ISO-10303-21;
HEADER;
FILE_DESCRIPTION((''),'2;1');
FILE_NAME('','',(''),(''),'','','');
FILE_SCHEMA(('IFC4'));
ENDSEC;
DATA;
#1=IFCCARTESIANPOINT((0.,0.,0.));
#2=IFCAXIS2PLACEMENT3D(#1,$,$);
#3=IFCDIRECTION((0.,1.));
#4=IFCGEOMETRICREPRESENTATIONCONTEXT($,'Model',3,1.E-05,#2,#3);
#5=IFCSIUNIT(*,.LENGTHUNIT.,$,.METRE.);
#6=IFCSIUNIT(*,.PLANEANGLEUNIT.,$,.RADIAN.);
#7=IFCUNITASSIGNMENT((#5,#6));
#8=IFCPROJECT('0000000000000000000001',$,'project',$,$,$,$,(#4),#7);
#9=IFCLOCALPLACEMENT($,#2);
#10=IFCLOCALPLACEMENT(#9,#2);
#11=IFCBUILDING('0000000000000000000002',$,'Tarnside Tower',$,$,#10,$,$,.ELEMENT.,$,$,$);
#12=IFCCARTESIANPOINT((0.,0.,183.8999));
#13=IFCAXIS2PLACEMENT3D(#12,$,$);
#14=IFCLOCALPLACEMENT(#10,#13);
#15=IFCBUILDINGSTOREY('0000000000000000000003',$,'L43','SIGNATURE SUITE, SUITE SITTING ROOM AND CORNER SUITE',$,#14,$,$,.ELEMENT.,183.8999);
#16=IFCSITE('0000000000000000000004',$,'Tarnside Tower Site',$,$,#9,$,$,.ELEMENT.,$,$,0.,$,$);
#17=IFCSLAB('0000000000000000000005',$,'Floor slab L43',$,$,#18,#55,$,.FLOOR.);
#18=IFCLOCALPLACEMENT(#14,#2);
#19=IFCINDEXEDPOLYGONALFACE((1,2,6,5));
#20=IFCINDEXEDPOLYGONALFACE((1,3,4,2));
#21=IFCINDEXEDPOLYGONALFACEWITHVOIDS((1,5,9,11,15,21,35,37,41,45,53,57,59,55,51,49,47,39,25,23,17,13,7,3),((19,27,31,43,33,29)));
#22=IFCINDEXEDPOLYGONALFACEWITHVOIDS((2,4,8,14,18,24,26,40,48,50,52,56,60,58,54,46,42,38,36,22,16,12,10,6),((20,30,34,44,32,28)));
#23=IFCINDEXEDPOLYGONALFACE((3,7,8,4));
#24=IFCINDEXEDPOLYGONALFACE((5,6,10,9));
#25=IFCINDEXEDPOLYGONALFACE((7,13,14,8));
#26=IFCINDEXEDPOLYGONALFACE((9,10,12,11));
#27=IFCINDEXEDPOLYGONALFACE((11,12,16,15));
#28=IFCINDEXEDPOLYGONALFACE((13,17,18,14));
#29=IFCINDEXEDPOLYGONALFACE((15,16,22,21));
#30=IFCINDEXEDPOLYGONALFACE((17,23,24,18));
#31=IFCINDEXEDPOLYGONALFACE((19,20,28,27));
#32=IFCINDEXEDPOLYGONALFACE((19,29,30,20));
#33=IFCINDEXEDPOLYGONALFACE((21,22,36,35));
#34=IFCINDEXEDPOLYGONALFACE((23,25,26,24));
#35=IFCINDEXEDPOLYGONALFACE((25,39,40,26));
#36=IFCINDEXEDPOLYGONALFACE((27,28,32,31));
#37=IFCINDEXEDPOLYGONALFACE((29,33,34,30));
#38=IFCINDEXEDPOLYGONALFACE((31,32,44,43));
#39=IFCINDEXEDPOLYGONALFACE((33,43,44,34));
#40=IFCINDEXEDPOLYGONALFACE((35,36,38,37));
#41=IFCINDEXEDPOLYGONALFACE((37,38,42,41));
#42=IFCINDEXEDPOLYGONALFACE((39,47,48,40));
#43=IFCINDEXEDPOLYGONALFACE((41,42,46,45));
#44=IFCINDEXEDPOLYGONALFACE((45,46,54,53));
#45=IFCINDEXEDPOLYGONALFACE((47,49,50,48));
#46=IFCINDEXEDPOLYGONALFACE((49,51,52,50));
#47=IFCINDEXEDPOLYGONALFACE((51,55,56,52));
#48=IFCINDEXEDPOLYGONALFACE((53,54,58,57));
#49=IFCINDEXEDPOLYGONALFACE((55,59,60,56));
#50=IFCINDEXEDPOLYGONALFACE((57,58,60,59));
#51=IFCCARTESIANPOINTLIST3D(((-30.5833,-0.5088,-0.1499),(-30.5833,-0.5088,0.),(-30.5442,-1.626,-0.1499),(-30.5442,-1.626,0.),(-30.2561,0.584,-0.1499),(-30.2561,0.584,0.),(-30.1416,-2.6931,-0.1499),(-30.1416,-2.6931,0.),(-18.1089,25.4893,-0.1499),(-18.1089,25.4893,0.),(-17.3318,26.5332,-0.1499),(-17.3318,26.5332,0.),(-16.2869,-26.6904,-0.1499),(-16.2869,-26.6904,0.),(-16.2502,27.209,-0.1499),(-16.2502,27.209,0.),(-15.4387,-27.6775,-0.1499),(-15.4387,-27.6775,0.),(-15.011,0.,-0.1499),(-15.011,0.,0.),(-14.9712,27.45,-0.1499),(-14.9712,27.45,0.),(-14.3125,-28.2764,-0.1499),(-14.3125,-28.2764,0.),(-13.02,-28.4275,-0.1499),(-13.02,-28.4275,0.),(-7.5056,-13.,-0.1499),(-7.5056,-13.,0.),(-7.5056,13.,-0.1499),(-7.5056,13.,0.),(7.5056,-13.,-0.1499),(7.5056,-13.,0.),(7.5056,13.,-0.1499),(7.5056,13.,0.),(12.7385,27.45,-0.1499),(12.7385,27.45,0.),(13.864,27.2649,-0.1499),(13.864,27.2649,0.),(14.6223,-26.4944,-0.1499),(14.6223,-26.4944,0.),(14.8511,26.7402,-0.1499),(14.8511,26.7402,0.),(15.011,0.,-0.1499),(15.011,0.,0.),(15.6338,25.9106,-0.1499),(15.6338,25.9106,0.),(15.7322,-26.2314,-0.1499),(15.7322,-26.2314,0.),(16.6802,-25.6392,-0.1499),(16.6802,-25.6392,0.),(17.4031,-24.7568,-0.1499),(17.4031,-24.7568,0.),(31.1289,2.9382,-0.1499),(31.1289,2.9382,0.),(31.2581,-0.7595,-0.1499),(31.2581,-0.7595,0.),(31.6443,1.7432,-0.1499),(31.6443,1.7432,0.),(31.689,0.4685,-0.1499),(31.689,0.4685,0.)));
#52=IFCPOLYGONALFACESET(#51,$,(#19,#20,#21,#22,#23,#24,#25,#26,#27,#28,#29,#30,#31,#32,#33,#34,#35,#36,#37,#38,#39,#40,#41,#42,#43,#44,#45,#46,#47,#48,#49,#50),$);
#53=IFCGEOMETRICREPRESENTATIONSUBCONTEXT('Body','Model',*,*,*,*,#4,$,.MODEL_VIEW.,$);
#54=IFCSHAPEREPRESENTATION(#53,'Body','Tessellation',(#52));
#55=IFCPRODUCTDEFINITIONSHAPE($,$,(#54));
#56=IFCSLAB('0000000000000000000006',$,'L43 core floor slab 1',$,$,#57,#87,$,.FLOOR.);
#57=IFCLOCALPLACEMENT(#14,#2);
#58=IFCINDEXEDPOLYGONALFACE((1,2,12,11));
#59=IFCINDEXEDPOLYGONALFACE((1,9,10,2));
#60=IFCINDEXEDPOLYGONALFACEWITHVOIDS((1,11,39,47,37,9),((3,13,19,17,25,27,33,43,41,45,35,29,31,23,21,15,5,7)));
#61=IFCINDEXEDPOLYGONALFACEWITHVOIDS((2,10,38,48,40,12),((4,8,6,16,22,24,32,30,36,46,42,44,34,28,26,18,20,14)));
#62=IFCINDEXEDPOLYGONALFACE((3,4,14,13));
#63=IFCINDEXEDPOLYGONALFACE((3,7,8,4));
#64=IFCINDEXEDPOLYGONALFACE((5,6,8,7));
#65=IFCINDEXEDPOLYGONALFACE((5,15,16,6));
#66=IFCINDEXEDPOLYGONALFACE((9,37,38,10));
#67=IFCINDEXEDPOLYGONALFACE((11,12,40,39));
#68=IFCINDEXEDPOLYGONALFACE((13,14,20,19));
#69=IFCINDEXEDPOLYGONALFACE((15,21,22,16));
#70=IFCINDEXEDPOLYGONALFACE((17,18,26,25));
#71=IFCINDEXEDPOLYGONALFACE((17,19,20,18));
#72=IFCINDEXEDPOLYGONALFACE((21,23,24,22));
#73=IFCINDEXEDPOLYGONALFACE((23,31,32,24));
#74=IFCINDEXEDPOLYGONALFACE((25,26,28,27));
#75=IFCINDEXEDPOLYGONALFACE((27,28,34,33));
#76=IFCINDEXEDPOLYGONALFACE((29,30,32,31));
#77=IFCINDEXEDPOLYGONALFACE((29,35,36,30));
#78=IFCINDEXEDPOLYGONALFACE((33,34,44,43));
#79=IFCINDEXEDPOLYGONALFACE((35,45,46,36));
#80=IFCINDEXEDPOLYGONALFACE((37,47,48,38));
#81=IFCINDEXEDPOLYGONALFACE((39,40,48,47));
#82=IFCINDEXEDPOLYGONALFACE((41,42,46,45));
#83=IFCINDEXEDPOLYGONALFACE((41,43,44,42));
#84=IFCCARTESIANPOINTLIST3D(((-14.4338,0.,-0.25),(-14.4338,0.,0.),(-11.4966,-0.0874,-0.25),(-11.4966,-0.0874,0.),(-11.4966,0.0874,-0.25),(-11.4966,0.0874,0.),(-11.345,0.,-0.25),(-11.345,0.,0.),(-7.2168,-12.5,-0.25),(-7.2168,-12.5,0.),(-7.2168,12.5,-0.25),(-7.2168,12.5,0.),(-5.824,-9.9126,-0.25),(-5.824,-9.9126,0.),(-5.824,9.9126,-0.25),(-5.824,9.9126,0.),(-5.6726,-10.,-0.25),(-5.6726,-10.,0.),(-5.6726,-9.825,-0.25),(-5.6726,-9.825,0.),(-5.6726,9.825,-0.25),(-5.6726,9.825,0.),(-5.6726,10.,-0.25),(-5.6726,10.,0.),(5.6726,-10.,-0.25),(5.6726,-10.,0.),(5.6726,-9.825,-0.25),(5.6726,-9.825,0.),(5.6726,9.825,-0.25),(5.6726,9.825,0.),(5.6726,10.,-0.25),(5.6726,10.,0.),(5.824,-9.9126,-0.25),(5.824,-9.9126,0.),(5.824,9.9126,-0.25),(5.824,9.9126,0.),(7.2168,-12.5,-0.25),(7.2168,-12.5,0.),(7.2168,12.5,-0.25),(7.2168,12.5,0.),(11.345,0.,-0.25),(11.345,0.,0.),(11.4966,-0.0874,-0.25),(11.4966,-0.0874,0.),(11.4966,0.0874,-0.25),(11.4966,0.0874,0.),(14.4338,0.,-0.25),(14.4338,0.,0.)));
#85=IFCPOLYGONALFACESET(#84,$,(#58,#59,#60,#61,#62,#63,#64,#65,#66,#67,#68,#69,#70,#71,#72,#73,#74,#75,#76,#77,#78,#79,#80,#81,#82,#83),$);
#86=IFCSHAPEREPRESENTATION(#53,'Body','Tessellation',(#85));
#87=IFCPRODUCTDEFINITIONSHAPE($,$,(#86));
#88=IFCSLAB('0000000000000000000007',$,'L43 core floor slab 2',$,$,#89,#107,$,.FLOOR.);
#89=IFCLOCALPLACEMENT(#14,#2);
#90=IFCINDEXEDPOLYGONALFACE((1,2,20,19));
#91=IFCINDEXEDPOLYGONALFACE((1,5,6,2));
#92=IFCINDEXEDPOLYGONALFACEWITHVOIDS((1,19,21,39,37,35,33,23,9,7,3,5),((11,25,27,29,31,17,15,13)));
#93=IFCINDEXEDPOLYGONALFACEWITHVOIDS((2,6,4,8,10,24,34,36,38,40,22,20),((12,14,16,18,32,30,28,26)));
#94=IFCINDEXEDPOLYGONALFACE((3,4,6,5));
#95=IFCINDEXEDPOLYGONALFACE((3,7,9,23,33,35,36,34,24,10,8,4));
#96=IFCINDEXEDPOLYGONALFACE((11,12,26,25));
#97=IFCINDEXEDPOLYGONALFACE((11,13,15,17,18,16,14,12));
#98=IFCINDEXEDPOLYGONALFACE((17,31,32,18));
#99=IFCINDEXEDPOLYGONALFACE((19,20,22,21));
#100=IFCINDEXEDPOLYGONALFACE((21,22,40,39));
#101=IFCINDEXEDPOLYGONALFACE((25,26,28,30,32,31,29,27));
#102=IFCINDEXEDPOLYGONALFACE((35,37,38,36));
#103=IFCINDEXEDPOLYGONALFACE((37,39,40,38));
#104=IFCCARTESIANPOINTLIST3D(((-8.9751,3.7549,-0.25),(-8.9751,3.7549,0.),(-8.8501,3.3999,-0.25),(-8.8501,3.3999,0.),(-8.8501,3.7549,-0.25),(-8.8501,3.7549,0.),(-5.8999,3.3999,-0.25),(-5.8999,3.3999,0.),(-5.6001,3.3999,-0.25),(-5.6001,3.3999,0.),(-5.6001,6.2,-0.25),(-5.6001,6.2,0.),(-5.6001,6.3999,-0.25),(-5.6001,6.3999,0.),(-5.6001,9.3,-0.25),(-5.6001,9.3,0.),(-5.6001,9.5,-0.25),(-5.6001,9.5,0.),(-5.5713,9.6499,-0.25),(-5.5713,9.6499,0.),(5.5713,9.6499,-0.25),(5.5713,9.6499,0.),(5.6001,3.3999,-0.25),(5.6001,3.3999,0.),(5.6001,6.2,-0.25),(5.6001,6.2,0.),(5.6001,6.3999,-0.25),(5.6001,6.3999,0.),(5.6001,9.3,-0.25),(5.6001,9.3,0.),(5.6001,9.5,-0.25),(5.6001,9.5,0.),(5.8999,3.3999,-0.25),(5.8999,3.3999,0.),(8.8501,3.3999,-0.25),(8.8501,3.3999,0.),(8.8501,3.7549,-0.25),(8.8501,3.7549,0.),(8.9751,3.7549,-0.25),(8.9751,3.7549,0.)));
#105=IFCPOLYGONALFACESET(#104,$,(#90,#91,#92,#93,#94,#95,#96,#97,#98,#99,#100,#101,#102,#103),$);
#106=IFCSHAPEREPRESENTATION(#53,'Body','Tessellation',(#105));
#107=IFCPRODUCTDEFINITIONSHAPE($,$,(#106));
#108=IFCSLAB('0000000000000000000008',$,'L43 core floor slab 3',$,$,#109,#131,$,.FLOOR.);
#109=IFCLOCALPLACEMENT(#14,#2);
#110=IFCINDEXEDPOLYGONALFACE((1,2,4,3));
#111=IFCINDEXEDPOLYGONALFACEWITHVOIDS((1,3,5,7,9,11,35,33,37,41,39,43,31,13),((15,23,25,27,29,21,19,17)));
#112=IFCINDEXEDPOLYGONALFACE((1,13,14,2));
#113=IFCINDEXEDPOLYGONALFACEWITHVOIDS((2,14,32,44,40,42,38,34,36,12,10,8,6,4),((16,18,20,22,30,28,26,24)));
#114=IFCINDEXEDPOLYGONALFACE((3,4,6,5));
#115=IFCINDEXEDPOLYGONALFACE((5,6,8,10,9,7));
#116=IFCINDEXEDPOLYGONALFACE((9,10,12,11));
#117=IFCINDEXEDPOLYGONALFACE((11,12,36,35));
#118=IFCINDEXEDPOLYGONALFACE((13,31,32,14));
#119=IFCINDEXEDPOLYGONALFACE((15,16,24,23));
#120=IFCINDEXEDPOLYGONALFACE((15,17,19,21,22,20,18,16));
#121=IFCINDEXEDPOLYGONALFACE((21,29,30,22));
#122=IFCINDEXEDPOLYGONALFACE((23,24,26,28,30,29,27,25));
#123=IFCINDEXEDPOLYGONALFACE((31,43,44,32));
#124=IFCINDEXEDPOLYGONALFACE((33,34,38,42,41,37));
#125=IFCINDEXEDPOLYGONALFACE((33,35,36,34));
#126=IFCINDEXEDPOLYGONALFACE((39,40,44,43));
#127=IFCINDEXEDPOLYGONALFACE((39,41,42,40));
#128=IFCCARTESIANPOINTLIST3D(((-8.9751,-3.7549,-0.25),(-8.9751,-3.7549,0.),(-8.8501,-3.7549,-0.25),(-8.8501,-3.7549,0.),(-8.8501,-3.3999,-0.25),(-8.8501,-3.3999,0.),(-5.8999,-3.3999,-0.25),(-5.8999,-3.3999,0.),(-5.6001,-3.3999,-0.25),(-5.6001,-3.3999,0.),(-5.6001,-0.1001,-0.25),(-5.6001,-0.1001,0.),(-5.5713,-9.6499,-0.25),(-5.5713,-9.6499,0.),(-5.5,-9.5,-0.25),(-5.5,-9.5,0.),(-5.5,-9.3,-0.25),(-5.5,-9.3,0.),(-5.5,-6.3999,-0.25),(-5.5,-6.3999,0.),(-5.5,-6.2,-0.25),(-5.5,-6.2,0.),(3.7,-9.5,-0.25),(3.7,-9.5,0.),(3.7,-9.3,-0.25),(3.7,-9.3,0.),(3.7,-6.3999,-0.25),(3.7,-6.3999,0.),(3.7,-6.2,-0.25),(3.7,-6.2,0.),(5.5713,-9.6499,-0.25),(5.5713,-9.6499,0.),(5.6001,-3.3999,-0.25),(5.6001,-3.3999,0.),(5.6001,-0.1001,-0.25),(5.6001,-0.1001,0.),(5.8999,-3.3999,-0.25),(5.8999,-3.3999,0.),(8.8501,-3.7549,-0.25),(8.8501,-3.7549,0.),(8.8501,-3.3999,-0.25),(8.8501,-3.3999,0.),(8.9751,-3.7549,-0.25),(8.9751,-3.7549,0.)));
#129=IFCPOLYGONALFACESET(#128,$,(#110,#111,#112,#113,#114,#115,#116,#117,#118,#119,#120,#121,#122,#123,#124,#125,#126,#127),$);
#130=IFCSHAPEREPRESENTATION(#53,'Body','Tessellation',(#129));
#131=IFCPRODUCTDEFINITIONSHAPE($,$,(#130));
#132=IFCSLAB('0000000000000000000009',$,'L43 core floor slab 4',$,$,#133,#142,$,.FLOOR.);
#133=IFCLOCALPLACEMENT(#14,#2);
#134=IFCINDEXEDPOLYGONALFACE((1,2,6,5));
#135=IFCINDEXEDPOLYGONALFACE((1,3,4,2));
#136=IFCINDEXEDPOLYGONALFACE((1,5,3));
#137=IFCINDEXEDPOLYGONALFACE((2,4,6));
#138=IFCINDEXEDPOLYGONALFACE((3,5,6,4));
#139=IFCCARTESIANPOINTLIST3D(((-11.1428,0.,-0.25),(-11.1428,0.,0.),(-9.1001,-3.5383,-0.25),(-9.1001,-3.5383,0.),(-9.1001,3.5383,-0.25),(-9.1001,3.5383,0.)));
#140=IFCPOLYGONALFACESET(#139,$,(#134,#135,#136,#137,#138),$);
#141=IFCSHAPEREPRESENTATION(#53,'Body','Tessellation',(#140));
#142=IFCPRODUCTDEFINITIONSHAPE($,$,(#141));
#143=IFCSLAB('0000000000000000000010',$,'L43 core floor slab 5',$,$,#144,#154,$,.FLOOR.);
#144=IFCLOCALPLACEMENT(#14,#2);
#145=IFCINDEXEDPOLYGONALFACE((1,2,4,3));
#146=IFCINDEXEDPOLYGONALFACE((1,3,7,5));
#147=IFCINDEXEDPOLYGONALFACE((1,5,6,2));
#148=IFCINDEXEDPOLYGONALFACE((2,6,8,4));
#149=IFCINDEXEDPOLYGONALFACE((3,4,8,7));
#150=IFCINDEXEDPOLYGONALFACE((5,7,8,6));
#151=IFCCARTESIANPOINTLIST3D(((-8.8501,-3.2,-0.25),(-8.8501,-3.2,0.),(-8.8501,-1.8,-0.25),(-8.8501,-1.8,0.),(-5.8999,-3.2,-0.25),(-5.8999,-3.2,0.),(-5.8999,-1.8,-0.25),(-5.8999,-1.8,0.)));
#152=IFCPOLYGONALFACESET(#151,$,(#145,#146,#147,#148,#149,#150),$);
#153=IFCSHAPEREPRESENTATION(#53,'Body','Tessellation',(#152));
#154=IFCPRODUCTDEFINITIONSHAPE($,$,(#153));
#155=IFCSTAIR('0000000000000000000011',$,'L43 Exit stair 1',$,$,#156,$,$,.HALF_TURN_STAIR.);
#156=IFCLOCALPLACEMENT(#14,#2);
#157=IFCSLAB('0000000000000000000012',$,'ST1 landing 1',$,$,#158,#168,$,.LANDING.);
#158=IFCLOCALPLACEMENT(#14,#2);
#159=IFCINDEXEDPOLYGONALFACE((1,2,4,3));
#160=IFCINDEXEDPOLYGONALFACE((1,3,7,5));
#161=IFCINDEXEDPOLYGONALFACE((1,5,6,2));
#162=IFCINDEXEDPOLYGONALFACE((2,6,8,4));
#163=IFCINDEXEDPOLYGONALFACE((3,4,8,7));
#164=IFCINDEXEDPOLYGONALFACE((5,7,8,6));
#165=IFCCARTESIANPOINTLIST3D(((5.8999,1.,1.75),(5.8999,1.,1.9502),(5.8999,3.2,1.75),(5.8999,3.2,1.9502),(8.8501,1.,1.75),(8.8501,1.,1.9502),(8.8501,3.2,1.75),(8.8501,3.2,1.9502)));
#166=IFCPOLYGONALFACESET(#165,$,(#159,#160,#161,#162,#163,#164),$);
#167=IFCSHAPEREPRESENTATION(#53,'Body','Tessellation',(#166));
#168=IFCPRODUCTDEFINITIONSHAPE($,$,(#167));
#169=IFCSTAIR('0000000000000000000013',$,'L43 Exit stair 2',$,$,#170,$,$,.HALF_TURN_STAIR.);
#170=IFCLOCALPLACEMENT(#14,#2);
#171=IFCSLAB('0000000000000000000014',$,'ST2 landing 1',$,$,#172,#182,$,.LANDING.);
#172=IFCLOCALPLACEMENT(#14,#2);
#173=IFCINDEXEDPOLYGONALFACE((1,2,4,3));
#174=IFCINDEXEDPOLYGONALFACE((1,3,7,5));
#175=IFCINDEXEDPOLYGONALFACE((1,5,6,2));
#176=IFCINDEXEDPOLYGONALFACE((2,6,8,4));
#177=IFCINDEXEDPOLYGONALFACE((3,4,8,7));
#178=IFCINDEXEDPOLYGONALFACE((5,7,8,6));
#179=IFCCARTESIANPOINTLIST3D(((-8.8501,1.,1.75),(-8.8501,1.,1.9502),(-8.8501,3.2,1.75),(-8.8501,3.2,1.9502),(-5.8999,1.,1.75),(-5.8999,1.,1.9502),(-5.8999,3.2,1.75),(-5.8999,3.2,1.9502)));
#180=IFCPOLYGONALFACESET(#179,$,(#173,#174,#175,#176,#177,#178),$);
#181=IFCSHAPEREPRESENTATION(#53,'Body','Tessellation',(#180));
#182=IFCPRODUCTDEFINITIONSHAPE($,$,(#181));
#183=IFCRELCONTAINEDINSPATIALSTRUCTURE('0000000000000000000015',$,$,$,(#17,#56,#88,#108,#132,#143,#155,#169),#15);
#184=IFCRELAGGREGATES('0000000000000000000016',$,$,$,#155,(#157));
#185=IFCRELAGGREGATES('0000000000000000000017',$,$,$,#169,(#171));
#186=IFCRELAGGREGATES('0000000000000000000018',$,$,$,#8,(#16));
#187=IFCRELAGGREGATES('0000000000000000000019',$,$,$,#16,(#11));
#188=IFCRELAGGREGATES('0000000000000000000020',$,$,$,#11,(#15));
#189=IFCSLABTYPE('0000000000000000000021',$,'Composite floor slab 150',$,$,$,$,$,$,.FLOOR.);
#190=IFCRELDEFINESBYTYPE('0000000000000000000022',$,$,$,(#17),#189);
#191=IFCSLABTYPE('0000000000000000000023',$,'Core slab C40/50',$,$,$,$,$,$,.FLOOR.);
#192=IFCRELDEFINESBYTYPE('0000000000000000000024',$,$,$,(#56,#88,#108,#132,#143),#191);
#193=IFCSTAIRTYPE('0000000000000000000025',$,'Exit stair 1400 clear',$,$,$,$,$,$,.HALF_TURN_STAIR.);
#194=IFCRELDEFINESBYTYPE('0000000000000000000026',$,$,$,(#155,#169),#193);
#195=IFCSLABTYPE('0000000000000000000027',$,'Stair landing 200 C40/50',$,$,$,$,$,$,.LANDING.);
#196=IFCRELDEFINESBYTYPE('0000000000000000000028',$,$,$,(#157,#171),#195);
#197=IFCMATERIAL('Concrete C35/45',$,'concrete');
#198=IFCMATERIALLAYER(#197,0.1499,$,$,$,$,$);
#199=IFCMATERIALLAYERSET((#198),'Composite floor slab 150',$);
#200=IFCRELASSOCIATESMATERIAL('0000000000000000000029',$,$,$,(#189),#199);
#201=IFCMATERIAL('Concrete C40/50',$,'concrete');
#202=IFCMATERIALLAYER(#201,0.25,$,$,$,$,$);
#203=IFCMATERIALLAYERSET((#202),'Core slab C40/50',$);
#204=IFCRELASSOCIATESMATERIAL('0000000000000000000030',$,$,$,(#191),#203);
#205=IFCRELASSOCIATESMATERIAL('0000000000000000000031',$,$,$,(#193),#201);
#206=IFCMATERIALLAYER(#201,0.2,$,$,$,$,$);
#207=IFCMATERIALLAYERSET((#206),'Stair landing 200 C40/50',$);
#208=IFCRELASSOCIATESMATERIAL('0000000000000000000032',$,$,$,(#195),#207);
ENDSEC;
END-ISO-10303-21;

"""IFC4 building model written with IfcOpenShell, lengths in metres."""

from ifc_helpers import new_model, si_unit, direction, frame, origin, place, context, subcontext, project, spatial, polyline, outline, extrude, material, layer, layer_set, type_object, element, aggregate, save


model = new_model("IFC4")

# Units and contexts
model_context = context("Model", 3, precision=1e-05, world=origin(), true_north=direction((0.0, 1.0)))
body_context = subcontext(model_context, "Body", "Model", "MODEL_VIEW")
ifc_project = project(units=[si_unit("LENGTHUNIT", "METRE"), si_unit("PLANEANGLEUNIT", "RADIAN")], contexts=[model_context])

# Site, building, storey
site_placement = place(None, origin())
site = spatial("IfcSite", under=ifc_project, at=site_placement, Name="Tarnside Tower Site", CompositionType="ELEMENT", RefElevation=0.0)
building_placement = place(site_placement, origin())
building = spatial("IfcBuilding", under=site, at=building_placement, Name="Tarnside Tower", CompositionType="ELEMENT")
storey_placement = place(building_placement, frame((0.0, 0.0, 183.8999)))
storey = spatial("IfcBuildingStorey", under=building, at=storey_placement, Name="L43", Description="SIGNATURE SUITE, SUITE SITTING ROOM AND CORNER SUITE", CompositionType="ELEMENT", Elevation=183.8999)

# Slabs
ifc_material_1 = material(Name="Concrete C35/45", Category="concrete")
ifc_layer_1 = layer(ifc_material_1, 0.1499)
ifc_layer_set_1 = layer_set([ifc_layer_1], Name="Composite floor slab 150")
slab_type_1 = type_object("IfcSlabType", Name="Composite floor slab 150", PredefinedType="FLOOR", material=ifc_layer_set_1)
slab_1_placement = place(storey_placement, frame((0.0, 0.0, -0.1499)))
element("IfcSlab", 1, at=slab_1_placement, inside=storey, type_object=slab_type_1, Name="Floor slab L43", PredefinedType="FLOOR", context=body_context, shape_type="SweptSolid", body=[
    extrude(outline(polyline([(13.864, 27.2649), (14.8511, 26.7402), (15.6338, 25.9106), (31.1289, 2.9382), (31.6443, 1.7432), (31.689, 0.4685), (31.2581, -0.7595), (17.4031, -24.7568), (16.6802, -25.6392), (15.7322, -26.2314), (14.6223, -26.4944), (-13.02, -28.4275), (-14.3125, -28.2764), (-15.4387, -27.6775), (-16.2869, -26.6904), (-30.1416, -2.6931), (-30.5442, -1.626), (-30.5833, -0.5088), (-30.2561, 0.584), (-18.1089, 25.4893), (-17.3318, 26.5332), (-16.2502, 27.209), (-14.9712, 27.45), (12.7385, 27.45), (13.864, 27.2649)]), holes=[polyline([(-15.011, 0.0), (-7.5056, -13.0), (7.5056, -13.0), (15.011, 0.0), (7.5056, 13.0), (-7.5056, 13.0), (-15.011, 0.0)])]), origin(), (0.0, 0.0, 1.0), 0.1499),
])
ifc_material_2 = material(Name="Concrete C40/50", Category="concrete")
ifc_layer_2 = layer(ifc_material_2, 0.25)
ifc_layer_set_2 = layer_set([ifc_layer_2], Name="Core slab C40/50")
slab_type_2 = type_object("IfcSlabType", Name="Core slab C40/50", PredefinedType="FLOOR", material=ifc_layer_set_2)
slab_2_placement = place(storey_placement, frame((0.0, 0.0, -0.25)))
element("IfcSlab", 2, at=slab_2_placement, inside=storey, type_object=slab_type_2, Name="L43 core floor slab 1", PredefinedType="FLOOR", context=body_context, shape_type="SweptSolid", body=[
    extrude(outline(polyline([(-7.2168, 12.5), (7.2168, 12.5), (14.4338, 0.0), (7.2168, -12.5), (-7.2168, -12.5), (-14.4338, 0.0), (-7.2168, 12.5)]), holes=[polyline([(5.824, -9.9126), (11.4966, -0.0874), (11.345, 0.0), (11.4966, 0.0874), (5.824, 9.9126), (5.6726, 9.825), (5.6726, 10.0), (-5.6726, 10.0), (-5.6726, 9.825), (-5.824, 9.9126), (-11.4966, 0.0874), (-11.345, 0.0), (-11.4966, -0.0874), (-5.824, -9.9126), (-5.6726, -9.825), (-5.6726, -10.0), (5.6726, -10.0), (5.6726, -9.825), (5.824, -9.9126)])]), origin(), (0.0, 0.0, 1.0), 0.25),
])
slab_3_placement = place(storey_placement, frame((0.0, 0.0, -0.25)))
element("IfcSlab", 3, at=slab_3_placement, inside=storey, type_object=slab_type_2, Name="L43 core floor slab 2", PredefinedType="FLOOR", context=body_context, shape_type="SweptSolid", body=[
    extrude(outline(polyline([(-8.9751, 3.7549), (-5.5713, 9.6499), (5.5713, 9.6499), (8.9751, 3.7549), (8.8501, 3.7549), (8.8501, 3.3999), (5.8999, 3.3999), (5.6001, 3.3999), (5.6001, 3.3999), (-5.6001, 3.3999), (-5.8999, 3.3999), (-8.8501, 3.3999), (-8.8501, 3.7549), (-8.9751, 3.7549)]), holes=[polyline([(-5.6001, 6.2), (5.6001, 6.2), (5.6001, 6.3999), (5.6001, 9.3), (5.6001, 9.5), (-5.6001, 9.5), (-5.6001, 9.3), (-5.6001, 6.3999), (-5.6001, 6.2)])]), origin(), (0.0, 0.0, 1.0), 0.25),
])
slab_4_placement = place(storey_placement, frame((0.0, 0.0, -0.25)))
element("IfcSlab", 4, at=slab_4_placement, inside=storey, type_object=slab_type_2, Name="L43 core floor slab 3", PredefinedType="FLOOR", context=body_context, shape_type="SweptSolid", body=[
    extrude(outline(polyline([(5.6001, -3.3999), (5.8999, -3.3999), (8.8501, -3.3999), (8.8501, -3.7549), (8.9751, -3.7549), (5.5713, -9.6499), (-5.5713, -9.6499), (-8.9751, -3.7549), (-8.8501, -3.7549), (-8.8501, -3.3999), (-5.8999, -3.3999), (-5.6001, -3.3999), (-5.6001, -0.1001), (5.6001, -0.1001), (5.6001, -3.3999)]), holes=[polyline([(-5.5, -9.3), (-5.5, -9.5), (3.7, -9.5), (3.7, -9.3), (3.7, -6.3999), (3.7, -6.2), (-5.5, -6.2), (-5.5, -6.3999), (-5.5, -9.3)])]), origin(), (0.0, 0.0, 1.0), 0.25),
])
slab_5_placement = place(storey_placement, frame((0.0, 0.0, -0.25)))
element("IfcSlab", 5, at=slab_5_placement, inside=storey, type_object=slab_type_2, Name="L43 core floor slab 4", PredefinedType="FLOOR", context=body_context, shape_type="SweptSolid", body=[
    extrude(outline(polyline([(-11.1428, 0.0), (-9.1001, 3.5383), (-9.1001, -3.5383), (-11.1428, 0.0)])), origin(), (0.0, 0.0, 1.0), 0.25),
])
slab_6_placement = place(storey_placement, frame((0.0, 0.0, -0.25)))
element("IfcSlab", 6, at=slab_6_placement, inside=storey, type_object=slab_type_2, Name="L43 core floor slab 5", PredefinedType="FLOOR", context=body_context, shape_type="SweptSolid", body=[
    extrude(outline(polyline([(-8.8501, -1.8), (-5.8999, -1.8), (-5.8999, -3.2), (-8.8501, -3.2), (-8.8501, -1.8)])), origin(), (0.0, 0.0, 1.0), 0.25),
])

# Stairs, slabs
stair_type = type_object("IfcStairType", Name="Exit stair 1400 clear", PredefinedType="HALF_TURN_STAIR", material=ifc_material_2)
stair_1_placement = place(storey_placement, origin())
stair_1 = element("IfcStair", 7, at=stair_1_placement, inside=storey, type_object=stair_type, Name="L43 Exit stair 1", PredefinedType="HALF_TURN_STAIR")
ifc_layer_3 = layer(ifc_material_2, 0.2)
ifc_layer_set_3 = layer_set([ifc_layer_3], Name="Stair landing 200 C40/50")
slab_type_3 = type_object("IfcSlabType", Name="Stair landing 200 C40/50", PredefinedType="LANDING", material=ifc_layer_set_3)
slab_7_placement = place(storey_placement, frame((0.0, 0.0, 1.75)))
slab_7 = element("IfcSlab", 8, at=slab_7_placement, type_object=slab_type_3, Name="ST1 landing 1", PredefinedType="LANDING", context=body_context, shape_type="SweptSolid", body=[
    extrude(outline(polyline([(8.8501, 1.0), (8.8501, 3.2), (5.8999, 3.2), (5.8999, 1.0), (8.8501, 1.0)])), origin(), (0.0, 0.0, 1.0), 0.2002),
])
aggregate(stair_1, [slab_7])
stair_2_placement = place(storey_placement, origin())
stair_2 = element("IfcStair", 9, at=stair_2_placement, inside=storey, type_object=stair_type, Name="L43 Exit stair 2", PredefinedType="HALF_TURN_STAIR")
slab_8_placement = place(storey_placement, frame((0.0, 0.0, 1.75)))
slab_8 = element("IfcSlab", 10, at=slab_8_placement, type_object=slab_type_3, Name="ST2 landing 1", PredefinedType="LANDING", context=body_context, shape_type="SweptSolid", body=[
    extrude(outline(polyline([(-5.8999, 1.0), (-5.8999, 3.2), (-8.8501, 3.2), (-8.8501, 1.0), (-5.8999, 1.0)])), origin(), (0.0, 0.0, 1.0), 0.2002),
])
aggregate(stair_2, [slab_8])

save(model, "model.ifc")
